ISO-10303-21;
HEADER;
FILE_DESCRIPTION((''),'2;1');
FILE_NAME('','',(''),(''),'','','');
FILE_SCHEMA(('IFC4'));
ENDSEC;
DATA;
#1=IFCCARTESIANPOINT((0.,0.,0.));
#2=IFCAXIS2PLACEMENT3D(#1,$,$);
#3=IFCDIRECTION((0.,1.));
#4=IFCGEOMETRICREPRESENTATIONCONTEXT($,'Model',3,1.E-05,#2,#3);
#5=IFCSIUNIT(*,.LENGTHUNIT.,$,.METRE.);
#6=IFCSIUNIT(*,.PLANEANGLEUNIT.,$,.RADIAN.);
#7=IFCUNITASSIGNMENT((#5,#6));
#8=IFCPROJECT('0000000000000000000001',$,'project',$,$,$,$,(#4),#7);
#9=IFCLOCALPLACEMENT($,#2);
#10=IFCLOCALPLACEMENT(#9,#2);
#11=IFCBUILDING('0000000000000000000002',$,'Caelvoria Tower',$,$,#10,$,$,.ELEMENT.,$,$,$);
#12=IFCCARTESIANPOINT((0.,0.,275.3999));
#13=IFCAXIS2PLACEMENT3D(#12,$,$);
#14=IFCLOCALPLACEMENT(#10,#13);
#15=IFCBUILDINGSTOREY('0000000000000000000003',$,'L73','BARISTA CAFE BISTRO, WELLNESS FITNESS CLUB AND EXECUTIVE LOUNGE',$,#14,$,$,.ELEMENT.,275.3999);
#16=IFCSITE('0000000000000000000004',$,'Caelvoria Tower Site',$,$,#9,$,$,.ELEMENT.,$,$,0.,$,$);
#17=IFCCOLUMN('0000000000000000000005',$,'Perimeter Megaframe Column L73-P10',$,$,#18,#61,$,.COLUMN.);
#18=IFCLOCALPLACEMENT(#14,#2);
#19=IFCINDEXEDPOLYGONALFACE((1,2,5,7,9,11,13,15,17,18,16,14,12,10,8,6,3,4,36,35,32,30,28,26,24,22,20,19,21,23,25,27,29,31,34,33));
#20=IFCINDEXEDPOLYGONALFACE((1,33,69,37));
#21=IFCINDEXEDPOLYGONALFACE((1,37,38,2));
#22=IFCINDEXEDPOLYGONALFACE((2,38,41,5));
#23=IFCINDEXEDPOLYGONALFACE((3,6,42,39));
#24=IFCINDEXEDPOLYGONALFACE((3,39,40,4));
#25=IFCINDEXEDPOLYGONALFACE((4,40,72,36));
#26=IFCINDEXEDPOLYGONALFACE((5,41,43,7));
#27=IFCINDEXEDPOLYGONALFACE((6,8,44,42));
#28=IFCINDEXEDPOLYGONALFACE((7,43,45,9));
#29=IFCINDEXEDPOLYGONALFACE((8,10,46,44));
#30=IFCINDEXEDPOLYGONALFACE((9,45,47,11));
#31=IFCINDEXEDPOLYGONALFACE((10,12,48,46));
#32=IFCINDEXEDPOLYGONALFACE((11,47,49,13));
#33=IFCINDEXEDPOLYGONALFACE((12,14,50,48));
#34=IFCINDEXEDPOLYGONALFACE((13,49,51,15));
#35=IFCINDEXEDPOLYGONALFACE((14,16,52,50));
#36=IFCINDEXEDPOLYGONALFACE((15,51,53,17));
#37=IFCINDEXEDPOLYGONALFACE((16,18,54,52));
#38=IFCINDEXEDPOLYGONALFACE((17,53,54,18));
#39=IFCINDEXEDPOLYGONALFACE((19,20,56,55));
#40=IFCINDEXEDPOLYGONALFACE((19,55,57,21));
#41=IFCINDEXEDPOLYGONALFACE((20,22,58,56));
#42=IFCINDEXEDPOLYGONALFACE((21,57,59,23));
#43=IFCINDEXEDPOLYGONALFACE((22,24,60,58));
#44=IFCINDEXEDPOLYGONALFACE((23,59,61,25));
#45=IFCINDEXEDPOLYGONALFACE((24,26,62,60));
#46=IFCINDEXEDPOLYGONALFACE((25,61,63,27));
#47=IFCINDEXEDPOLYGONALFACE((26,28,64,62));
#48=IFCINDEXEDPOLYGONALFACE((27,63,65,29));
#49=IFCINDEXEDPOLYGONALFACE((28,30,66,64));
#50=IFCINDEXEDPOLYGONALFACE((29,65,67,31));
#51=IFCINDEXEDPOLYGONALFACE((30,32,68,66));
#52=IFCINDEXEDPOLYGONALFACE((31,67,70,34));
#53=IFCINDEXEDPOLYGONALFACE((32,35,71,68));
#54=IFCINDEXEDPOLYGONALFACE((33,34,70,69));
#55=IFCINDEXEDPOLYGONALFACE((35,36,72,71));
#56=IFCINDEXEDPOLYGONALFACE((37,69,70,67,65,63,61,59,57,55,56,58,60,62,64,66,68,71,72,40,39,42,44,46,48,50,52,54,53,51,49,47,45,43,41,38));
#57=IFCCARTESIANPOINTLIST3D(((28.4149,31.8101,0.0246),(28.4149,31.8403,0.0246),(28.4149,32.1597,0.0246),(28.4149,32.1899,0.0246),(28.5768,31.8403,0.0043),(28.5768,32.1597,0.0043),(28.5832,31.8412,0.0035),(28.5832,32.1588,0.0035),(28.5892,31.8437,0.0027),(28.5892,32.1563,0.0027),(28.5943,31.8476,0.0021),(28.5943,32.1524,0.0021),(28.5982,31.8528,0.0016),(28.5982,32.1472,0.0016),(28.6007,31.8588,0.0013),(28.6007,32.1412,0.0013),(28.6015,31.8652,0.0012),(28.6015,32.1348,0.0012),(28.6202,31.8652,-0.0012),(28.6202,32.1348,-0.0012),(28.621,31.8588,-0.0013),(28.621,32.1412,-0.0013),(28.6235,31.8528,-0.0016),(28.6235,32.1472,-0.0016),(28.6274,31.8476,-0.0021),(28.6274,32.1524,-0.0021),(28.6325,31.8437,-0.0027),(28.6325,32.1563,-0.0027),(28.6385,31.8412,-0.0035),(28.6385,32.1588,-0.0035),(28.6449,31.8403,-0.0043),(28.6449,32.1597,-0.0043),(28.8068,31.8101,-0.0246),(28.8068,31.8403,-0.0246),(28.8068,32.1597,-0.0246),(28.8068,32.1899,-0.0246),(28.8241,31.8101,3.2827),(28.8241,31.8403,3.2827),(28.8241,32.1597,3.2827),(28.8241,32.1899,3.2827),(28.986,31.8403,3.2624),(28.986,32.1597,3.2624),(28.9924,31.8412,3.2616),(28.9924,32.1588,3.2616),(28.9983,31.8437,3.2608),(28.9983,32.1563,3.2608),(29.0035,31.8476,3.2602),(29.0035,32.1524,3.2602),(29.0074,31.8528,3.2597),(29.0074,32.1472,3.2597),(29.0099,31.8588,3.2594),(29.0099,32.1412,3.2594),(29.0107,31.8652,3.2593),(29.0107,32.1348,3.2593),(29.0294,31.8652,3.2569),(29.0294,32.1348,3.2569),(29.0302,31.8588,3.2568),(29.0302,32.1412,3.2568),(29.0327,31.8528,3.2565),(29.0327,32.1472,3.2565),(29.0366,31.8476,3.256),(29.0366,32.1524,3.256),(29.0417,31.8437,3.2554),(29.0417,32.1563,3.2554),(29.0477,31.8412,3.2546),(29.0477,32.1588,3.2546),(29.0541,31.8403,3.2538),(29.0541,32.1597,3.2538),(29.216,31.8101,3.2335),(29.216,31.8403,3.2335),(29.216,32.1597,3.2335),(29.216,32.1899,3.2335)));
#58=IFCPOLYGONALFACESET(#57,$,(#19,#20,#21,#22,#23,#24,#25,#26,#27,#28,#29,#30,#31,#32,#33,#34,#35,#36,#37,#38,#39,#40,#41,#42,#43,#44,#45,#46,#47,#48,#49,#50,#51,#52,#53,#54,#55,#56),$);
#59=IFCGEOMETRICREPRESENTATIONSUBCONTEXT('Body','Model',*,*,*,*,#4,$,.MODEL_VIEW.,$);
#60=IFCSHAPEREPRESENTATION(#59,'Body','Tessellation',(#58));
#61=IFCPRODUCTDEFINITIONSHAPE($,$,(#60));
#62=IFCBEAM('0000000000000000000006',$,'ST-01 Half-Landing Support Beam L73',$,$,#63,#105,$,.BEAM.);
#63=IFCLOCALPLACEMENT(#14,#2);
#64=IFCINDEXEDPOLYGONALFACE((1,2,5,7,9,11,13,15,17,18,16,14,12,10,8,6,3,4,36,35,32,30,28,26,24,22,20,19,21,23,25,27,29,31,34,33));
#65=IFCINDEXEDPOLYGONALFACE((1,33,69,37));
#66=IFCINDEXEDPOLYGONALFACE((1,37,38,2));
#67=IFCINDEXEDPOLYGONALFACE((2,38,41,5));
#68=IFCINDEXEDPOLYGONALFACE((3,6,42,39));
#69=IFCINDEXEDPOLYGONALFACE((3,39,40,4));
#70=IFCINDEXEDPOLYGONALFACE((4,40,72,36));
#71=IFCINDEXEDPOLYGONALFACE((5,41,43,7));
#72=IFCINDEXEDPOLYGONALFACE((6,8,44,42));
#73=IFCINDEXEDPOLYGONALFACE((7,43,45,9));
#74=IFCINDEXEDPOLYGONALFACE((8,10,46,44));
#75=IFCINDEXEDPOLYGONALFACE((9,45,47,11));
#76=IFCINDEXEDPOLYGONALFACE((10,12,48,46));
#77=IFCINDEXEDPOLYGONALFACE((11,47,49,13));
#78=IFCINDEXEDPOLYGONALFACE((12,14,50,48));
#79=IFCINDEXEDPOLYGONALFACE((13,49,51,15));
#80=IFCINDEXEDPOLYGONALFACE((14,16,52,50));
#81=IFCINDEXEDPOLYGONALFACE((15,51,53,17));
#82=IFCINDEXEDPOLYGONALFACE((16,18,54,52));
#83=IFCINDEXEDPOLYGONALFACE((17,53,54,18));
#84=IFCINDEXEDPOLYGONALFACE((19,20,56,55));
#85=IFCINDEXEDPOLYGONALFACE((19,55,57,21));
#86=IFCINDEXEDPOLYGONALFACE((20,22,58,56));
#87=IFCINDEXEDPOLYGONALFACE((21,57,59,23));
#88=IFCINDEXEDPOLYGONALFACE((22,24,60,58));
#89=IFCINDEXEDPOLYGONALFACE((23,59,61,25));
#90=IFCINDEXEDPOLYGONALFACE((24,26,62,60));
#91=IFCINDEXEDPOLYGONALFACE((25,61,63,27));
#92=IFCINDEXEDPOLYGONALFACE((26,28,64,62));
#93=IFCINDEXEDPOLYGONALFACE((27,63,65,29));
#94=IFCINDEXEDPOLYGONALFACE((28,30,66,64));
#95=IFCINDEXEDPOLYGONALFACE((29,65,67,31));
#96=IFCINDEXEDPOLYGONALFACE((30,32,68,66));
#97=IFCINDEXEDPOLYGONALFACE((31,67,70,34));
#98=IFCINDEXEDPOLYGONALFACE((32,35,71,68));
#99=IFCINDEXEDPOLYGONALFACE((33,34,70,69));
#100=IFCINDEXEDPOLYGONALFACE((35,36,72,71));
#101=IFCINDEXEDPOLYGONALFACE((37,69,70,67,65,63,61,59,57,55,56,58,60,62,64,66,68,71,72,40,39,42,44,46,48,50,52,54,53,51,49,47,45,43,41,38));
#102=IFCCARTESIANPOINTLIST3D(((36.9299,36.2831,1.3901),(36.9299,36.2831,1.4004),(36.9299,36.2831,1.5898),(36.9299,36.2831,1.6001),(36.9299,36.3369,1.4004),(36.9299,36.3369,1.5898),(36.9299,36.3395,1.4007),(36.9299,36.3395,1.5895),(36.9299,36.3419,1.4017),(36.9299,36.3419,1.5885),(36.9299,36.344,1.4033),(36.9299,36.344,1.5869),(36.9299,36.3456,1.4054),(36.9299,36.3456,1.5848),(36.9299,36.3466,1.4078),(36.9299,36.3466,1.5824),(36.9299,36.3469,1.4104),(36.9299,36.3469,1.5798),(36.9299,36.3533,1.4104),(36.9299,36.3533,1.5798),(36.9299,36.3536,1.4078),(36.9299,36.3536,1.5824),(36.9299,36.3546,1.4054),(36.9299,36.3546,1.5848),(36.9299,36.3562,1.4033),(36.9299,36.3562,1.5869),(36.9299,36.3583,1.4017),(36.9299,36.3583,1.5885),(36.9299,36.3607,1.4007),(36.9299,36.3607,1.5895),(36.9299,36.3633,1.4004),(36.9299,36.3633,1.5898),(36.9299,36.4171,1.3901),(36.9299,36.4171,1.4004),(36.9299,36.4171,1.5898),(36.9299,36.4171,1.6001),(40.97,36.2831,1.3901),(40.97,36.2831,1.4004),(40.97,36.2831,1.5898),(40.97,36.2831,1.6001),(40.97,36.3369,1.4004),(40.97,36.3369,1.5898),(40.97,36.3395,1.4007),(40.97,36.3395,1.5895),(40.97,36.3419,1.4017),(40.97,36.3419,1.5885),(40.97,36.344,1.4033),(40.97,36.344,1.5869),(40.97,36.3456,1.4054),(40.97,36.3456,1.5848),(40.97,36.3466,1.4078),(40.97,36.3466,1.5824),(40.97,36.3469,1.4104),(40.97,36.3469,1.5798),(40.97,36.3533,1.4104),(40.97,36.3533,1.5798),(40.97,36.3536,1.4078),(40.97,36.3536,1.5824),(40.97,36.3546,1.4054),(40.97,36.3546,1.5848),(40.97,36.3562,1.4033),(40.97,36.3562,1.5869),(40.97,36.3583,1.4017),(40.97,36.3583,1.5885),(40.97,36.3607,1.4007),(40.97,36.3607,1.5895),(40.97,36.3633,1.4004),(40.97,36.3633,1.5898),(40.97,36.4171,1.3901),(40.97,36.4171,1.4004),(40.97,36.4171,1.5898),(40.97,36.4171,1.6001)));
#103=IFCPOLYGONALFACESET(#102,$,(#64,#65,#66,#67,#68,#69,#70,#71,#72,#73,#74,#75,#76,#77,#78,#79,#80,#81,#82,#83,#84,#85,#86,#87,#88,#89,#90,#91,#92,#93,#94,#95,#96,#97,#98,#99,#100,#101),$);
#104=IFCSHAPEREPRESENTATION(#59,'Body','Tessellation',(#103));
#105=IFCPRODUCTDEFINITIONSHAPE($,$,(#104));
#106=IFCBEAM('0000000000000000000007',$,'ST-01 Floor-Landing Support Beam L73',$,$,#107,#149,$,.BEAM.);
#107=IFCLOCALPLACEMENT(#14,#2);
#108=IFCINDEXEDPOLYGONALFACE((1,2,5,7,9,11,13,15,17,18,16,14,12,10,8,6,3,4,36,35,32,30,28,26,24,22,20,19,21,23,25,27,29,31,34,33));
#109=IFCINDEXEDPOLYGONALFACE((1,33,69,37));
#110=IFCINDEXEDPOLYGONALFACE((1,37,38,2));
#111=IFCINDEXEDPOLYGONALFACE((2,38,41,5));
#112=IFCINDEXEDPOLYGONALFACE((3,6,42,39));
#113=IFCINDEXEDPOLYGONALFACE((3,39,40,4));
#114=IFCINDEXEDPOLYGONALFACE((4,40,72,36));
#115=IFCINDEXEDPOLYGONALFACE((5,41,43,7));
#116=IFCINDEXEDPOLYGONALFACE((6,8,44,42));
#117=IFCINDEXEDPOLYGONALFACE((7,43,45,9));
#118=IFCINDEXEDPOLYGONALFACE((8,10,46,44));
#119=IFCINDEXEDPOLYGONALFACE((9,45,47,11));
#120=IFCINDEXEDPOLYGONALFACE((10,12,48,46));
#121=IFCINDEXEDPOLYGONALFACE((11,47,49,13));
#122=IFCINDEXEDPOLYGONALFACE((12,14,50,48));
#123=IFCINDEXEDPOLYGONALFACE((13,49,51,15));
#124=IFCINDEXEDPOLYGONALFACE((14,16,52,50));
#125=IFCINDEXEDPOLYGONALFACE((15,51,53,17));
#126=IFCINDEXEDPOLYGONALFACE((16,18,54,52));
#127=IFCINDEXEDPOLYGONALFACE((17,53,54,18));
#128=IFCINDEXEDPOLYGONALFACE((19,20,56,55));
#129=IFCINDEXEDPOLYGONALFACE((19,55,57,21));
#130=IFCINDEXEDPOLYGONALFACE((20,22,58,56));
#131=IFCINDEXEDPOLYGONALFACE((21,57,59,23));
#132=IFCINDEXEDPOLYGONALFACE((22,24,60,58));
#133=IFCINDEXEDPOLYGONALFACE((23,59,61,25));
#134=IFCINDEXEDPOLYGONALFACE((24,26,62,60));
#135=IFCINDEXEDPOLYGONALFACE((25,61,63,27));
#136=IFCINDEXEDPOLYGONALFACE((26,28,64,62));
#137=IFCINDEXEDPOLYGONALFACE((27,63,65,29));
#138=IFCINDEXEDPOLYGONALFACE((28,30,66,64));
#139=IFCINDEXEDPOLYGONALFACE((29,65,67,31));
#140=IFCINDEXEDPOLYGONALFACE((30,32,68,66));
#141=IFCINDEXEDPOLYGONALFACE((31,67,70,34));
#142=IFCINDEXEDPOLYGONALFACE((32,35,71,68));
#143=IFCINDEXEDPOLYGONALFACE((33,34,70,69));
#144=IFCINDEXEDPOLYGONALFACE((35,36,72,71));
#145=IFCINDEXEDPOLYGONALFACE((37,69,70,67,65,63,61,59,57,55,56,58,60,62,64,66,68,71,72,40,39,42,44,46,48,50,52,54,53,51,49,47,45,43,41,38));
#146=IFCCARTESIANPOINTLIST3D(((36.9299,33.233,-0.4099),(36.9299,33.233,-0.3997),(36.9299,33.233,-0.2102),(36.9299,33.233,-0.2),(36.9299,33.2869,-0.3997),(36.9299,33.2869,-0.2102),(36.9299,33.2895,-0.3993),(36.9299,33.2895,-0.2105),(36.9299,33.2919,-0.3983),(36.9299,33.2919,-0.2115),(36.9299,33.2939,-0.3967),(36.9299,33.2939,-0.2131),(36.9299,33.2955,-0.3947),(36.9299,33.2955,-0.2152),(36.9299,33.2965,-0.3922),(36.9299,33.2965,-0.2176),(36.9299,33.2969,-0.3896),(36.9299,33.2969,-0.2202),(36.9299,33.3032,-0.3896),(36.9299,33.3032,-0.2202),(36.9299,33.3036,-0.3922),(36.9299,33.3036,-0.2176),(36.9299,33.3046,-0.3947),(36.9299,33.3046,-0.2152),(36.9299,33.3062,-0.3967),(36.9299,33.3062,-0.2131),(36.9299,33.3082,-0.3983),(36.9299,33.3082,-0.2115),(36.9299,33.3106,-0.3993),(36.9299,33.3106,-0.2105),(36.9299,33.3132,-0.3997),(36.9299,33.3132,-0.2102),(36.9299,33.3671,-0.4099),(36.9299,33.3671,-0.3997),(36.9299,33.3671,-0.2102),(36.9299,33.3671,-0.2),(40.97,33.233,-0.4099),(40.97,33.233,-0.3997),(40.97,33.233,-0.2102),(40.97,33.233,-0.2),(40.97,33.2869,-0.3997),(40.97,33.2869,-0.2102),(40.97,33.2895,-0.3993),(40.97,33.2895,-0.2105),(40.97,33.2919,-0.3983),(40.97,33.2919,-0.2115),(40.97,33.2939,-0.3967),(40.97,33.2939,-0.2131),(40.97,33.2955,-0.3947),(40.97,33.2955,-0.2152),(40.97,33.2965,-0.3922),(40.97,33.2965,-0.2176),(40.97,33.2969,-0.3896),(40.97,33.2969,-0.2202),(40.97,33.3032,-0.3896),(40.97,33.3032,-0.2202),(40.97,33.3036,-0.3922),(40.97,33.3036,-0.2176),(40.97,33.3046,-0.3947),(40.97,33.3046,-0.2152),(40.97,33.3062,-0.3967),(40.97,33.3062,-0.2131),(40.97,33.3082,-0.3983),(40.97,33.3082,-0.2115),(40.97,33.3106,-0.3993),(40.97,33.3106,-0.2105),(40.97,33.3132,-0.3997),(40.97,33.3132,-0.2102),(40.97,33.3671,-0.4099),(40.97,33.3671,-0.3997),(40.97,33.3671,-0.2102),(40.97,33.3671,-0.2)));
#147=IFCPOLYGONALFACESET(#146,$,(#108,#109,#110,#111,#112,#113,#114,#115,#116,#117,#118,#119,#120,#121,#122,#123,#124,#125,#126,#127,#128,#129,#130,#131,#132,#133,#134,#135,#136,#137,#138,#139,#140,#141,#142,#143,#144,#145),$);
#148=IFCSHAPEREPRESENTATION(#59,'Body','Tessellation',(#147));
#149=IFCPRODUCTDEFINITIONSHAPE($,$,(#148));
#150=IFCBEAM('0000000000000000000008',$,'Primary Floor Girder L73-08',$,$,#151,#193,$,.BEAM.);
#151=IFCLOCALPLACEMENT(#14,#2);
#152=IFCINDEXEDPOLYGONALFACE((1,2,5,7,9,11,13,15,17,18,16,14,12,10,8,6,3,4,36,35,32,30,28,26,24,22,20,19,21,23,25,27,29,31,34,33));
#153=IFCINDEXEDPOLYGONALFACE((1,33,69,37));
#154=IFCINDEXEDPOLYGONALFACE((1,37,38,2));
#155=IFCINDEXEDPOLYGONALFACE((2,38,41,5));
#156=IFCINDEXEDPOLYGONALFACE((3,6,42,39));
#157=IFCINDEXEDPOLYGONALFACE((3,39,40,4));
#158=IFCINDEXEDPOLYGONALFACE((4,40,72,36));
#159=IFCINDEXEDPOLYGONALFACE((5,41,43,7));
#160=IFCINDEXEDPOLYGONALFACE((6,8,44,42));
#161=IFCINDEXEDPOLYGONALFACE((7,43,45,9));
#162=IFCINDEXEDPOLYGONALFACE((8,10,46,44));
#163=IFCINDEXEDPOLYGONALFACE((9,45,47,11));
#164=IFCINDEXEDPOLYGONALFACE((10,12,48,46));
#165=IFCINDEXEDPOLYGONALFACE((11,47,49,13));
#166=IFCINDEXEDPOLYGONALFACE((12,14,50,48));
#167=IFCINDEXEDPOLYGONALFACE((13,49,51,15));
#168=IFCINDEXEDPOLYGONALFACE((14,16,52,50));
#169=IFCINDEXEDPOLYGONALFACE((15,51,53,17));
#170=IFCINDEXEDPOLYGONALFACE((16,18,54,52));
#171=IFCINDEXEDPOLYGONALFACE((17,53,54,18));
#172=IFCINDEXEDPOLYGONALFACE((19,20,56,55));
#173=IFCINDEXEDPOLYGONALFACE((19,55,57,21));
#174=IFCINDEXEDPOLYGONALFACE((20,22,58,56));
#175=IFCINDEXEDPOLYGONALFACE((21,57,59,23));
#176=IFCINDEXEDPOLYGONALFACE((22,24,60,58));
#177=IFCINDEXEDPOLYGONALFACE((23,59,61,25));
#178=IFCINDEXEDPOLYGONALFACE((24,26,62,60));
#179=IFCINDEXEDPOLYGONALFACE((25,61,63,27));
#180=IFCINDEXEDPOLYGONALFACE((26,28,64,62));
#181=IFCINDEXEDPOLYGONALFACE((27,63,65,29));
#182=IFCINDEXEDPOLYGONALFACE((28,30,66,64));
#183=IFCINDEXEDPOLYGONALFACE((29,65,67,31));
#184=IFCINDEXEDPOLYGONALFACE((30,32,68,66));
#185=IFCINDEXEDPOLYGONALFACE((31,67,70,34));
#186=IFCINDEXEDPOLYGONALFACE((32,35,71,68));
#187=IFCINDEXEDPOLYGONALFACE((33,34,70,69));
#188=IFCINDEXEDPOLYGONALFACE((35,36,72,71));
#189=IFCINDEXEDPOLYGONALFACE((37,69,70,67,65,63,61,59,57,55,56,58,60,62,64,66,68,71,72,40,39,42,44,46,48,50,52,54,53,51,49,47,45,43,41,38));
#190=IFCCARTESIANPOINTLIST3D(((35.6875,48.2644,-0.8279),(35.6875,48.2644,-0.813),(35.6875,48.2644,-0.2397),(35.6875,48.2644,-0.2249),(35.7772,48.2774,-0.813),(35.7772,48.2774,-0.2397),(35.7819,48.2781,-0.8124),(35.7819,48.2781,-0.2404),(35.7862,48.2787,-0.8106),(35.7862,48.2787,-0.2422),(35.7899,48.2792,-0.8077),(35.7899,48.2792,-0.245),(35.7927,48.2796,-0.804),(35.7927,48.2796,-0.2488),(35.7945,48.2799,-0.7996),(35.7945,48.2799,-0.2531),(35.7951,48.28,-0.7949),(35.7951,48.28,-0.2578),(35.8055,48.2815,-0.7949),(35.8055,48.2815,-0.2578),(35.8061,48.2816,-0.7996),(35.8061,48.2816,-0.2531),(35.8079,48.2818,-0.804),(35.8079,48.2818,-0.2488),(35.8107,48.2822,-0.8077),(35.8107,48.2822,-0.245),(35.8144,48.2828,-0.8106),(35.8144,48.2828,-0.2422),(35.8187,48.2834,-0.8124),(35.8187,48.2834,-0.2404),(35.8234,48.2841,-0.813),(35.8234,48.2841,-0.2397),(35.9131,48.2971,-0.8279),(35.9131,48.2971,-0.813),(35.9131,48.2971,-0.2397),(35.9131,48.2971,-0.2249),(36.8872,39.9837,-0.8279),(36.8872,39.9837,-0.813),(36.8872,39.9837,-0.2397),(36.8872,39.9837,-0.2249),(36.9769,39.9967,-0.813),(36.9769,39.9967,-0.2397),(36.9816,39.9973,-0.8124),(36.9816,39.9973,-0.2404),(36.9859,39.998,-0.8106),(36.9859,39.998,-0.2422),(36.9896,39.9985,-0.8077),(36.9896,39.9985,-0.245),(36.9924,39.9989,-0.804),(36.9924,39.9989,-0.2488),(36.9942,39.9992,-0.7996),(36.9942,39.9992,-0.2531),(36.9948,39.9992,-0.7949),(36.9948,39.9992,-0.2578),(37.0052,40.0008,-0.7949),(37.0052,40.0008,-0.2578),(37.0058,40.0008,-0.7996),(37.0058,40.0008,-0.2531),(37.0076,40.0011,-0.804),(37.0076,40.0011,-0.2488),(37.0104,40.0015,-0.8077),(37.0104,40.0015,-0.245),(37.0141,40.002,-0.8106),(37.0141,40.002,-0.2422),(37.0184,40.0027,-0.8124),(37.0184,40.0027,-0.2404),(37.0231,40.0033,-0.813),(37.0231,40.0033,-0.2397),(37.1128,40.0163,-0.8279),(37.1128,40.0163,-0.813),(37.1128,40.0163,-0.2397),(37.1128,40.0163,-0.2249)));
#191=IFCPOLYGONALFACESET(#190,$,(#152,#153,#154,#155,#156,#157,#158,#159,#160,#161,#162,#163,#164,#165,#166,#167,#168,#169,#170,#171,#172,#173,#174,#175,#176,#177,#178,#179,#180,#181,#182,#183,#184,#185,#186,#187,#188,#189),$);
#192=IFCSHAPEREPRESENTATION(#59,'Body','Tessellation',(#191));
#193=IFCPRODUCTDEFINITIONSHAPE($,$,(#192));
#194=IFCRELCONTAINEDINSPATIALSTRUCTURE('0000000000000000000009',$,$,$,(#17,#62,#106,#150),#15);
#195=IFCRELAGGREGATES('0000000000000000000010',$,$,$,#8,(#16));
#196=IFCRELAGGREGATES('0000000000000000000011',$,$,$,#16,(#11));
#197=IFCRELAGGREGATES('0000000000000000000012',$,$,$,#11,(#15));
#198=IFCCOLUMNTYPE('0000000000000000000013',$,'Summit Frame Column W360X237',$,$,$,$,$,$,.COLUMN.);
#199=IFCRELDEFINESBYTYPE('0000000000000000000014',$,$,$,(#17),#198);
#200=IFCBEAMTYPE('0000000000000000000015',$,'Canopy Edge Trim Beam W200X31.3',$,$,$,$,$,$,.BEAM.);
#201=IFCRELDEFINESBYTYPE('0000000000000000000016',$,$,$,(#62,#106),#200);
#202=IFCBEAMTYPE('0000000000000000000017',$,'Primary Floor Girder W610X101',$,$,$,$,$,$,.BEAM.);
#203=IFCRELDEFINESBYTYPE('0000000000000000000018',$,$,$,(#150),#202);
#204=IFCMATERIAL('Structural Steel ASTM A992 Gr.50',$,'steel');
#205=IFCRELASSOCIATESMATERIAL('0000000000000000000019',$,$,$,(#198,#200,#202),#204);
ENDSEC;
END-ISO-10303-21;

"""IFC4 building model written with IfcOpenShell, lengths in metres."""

from ifc_helpers import new_model, si_unit, direction, frame, origin, origin_2d, place, context, subcontext, project, spatial, i_section, extrude, material, material_profile, profile_set, type_object, element, save


model = new_model("IFC4")

# Units and contexts
model_context = context("Model", 3, precision=1e-05, world=origin(), true_north=direction((0.0, 1.0)))
body_context = subcontext(model_context, "Body", "Model", "MODEL_VIEW")
ifc_project = project(units=[si_unit("LENGTHUNIT", "METRE"), si_unit("PLANEANGLEUNIT", "RADIAN")], contexts=[model_context])

# Site, building, storey
site_placement = place(None, origin())
site = spatial("IfcSite", under=ifc_project, at=site_placement, Name="Caelvoria Tower Site", CompositionType="ELEMENT", RefElevation=0.0)
building_placement = place(site_placement, origin())
building = spatial("IfcBuilding", under=site, at=building_placement, Name="Caelvoria Tower", CompositionType="ELEMENT")
storey_placement = place(building_placement, frame((0.0, 0.0, 275.3999)))
storey = spatial("IfcBuildingStorey", under=building, at=storey_placement, Name="L73", Description="BARISTA CAFE BISTRO, WELLNESS FITNESS CLUB AND EXECUTIVE LOUNGE", CompositionType="ELEMENT", Elevation=275.3999)

# Column
ifc_material_1 = material(Name="Structural Steel ASTM A992 Gr.50", Category="steel")
ifc_material_profile_1 = material_profile(ifc_material_1, i_section(OverallWidth=0.395, OverallDepth=0.3799, WebThickness=0.0188, FlangeThickness=0.0303, FilletRadius=0.0249, at=origin_2d()), Name="Structural Steel ASTM A992 Gr.50")
ifc_profile_set_1 = profile_set([ifc_material_profile_1], Name="W360X237 - Structural Steel ASTM A992 Gr.50")
column_type = type_object("IfcColumnType", Name="Summit Frame Column W360X237", PredefinedType="COLUMN", material=ifc_profile_set_1)
column_placement = place(storey_placement, frame((28.6108, 32.0, 0.0), z_axis=(0.124611, 0.0, 0.992206), x_axis=(-0.992206, 0.0, 0.124611)))
element("IfcColumn", 1, at=column_placement, inside=storey, type_object=column_type, Name="Perimeter Megaframe Column L73-P10", PredefinedType="COLUMN", context=body_context, shape_type="SweptSolid", body=[
    extrude(i_section(OverallWidth=0.395, OverallDepth=0.3799, WebThickness=0.0188, FlangeThickness=0.0303, FilletRadius=0.0249, at=origin_2d()), origin(), (0.0, 0.0, 1.0), 3.2837),
])

# Beams
ifc_material_profile_2 = material_profile(ifc_material_1, i_section(OverallWidth=0.134, OverallDepth=0.21, WebThickness=0.0063, FlangeThickness=0.0103, FilletRadius=0.01, at=origin_2d()), Name="Structural Steel ASTM A992 Gr.50")
ifc_profile_set_2 = profile_set([ifc_material_profile_2], Name="W200X31.3 - Structural Steel ASTM A992 Gr.50")
beam_type_1 = type_object("IfcBeamType", Name="Canopy Edge Trim Beam W200X31.3", PredefinedType="BEAM", material=ifc_profile_set_2)
for number, where, z_axis, x_axis, name in (
    (2, (36.9299, 36.3501, 1.4951), (1.0, 0.0, 0.0), (0.0, 1.0, 0.0), "ST-01 Half-Landing Support Beam L73"),
    (3, (36.9299, 33.3, -0.3049), (1.0, 0.0, 0.0), (0.0, 1.0, 0.0), "ST-01 Floor-Landing Support Beam L73"),
):
    element("IfcBeam", number, at=place(storey_placement, frame(where, z_axis=z_axis, x_axis=x_axis)), inside=storey, type_object=beam_type_1, Name=name, PredefinedType="BEAM", context=body_context, shape_type="SweptSolid", body=[
        extrude(i_section(OverallWidth=0.134, OverallDepth=0.21, WebThickness=0.0063, FlangeThickness=0.0103, FilletRadius=0.01, at=origin_2d()), origin(), (0.0, 0.0, 1.0), 4.04),
    ])
ifc_material_profile_3 = material_profile(ifc_material_1, i_section(OverallWidth=0.228, OverallDepth=0.603, WebThickness=0.0105, FlangeThickness=0.0149, FilletRadius=0.0181, at=origin_2d()), Name="Structural Steel ASTM A992 Gr.50")
ifc_profile_set_3 = profile_set([ifc_material_profile_3], Name="W610X101 - Structural Steel ASTM A992 Gr.50")
beam_type_2 = type_object("IfcBeamType", Name="Primary Floor Girder W610X101", PredefinedType="BEAM", material=ifc_profile_set_3)
beam_1_placement = place(storey_placement, frame((37.0, 40.0, -0.5264), z_axis=(-0.143382, 0.989667, 0.0), x_axis=(-0.989667, -0.143382, 0.0)))
element("IfcBeam", 4, at=beam_1_placement, inside=storey, type_object=beam_type_2, Name="Primary Floor Girder L73-08", PredefinedType="BEAM", context=body_context, shape_type="SweptSolid", body=[
    extrude(i_section(OverallWidth=0.228, OverallDepth=0.603, WebThickness=0.0105, FlangeThickness=0.0149, FilletRadius=0.0181, at=origin_2d()), origin(), (0.0, 0.0, 1.0), 8.3672),
])

save(model, "model.ifc")
